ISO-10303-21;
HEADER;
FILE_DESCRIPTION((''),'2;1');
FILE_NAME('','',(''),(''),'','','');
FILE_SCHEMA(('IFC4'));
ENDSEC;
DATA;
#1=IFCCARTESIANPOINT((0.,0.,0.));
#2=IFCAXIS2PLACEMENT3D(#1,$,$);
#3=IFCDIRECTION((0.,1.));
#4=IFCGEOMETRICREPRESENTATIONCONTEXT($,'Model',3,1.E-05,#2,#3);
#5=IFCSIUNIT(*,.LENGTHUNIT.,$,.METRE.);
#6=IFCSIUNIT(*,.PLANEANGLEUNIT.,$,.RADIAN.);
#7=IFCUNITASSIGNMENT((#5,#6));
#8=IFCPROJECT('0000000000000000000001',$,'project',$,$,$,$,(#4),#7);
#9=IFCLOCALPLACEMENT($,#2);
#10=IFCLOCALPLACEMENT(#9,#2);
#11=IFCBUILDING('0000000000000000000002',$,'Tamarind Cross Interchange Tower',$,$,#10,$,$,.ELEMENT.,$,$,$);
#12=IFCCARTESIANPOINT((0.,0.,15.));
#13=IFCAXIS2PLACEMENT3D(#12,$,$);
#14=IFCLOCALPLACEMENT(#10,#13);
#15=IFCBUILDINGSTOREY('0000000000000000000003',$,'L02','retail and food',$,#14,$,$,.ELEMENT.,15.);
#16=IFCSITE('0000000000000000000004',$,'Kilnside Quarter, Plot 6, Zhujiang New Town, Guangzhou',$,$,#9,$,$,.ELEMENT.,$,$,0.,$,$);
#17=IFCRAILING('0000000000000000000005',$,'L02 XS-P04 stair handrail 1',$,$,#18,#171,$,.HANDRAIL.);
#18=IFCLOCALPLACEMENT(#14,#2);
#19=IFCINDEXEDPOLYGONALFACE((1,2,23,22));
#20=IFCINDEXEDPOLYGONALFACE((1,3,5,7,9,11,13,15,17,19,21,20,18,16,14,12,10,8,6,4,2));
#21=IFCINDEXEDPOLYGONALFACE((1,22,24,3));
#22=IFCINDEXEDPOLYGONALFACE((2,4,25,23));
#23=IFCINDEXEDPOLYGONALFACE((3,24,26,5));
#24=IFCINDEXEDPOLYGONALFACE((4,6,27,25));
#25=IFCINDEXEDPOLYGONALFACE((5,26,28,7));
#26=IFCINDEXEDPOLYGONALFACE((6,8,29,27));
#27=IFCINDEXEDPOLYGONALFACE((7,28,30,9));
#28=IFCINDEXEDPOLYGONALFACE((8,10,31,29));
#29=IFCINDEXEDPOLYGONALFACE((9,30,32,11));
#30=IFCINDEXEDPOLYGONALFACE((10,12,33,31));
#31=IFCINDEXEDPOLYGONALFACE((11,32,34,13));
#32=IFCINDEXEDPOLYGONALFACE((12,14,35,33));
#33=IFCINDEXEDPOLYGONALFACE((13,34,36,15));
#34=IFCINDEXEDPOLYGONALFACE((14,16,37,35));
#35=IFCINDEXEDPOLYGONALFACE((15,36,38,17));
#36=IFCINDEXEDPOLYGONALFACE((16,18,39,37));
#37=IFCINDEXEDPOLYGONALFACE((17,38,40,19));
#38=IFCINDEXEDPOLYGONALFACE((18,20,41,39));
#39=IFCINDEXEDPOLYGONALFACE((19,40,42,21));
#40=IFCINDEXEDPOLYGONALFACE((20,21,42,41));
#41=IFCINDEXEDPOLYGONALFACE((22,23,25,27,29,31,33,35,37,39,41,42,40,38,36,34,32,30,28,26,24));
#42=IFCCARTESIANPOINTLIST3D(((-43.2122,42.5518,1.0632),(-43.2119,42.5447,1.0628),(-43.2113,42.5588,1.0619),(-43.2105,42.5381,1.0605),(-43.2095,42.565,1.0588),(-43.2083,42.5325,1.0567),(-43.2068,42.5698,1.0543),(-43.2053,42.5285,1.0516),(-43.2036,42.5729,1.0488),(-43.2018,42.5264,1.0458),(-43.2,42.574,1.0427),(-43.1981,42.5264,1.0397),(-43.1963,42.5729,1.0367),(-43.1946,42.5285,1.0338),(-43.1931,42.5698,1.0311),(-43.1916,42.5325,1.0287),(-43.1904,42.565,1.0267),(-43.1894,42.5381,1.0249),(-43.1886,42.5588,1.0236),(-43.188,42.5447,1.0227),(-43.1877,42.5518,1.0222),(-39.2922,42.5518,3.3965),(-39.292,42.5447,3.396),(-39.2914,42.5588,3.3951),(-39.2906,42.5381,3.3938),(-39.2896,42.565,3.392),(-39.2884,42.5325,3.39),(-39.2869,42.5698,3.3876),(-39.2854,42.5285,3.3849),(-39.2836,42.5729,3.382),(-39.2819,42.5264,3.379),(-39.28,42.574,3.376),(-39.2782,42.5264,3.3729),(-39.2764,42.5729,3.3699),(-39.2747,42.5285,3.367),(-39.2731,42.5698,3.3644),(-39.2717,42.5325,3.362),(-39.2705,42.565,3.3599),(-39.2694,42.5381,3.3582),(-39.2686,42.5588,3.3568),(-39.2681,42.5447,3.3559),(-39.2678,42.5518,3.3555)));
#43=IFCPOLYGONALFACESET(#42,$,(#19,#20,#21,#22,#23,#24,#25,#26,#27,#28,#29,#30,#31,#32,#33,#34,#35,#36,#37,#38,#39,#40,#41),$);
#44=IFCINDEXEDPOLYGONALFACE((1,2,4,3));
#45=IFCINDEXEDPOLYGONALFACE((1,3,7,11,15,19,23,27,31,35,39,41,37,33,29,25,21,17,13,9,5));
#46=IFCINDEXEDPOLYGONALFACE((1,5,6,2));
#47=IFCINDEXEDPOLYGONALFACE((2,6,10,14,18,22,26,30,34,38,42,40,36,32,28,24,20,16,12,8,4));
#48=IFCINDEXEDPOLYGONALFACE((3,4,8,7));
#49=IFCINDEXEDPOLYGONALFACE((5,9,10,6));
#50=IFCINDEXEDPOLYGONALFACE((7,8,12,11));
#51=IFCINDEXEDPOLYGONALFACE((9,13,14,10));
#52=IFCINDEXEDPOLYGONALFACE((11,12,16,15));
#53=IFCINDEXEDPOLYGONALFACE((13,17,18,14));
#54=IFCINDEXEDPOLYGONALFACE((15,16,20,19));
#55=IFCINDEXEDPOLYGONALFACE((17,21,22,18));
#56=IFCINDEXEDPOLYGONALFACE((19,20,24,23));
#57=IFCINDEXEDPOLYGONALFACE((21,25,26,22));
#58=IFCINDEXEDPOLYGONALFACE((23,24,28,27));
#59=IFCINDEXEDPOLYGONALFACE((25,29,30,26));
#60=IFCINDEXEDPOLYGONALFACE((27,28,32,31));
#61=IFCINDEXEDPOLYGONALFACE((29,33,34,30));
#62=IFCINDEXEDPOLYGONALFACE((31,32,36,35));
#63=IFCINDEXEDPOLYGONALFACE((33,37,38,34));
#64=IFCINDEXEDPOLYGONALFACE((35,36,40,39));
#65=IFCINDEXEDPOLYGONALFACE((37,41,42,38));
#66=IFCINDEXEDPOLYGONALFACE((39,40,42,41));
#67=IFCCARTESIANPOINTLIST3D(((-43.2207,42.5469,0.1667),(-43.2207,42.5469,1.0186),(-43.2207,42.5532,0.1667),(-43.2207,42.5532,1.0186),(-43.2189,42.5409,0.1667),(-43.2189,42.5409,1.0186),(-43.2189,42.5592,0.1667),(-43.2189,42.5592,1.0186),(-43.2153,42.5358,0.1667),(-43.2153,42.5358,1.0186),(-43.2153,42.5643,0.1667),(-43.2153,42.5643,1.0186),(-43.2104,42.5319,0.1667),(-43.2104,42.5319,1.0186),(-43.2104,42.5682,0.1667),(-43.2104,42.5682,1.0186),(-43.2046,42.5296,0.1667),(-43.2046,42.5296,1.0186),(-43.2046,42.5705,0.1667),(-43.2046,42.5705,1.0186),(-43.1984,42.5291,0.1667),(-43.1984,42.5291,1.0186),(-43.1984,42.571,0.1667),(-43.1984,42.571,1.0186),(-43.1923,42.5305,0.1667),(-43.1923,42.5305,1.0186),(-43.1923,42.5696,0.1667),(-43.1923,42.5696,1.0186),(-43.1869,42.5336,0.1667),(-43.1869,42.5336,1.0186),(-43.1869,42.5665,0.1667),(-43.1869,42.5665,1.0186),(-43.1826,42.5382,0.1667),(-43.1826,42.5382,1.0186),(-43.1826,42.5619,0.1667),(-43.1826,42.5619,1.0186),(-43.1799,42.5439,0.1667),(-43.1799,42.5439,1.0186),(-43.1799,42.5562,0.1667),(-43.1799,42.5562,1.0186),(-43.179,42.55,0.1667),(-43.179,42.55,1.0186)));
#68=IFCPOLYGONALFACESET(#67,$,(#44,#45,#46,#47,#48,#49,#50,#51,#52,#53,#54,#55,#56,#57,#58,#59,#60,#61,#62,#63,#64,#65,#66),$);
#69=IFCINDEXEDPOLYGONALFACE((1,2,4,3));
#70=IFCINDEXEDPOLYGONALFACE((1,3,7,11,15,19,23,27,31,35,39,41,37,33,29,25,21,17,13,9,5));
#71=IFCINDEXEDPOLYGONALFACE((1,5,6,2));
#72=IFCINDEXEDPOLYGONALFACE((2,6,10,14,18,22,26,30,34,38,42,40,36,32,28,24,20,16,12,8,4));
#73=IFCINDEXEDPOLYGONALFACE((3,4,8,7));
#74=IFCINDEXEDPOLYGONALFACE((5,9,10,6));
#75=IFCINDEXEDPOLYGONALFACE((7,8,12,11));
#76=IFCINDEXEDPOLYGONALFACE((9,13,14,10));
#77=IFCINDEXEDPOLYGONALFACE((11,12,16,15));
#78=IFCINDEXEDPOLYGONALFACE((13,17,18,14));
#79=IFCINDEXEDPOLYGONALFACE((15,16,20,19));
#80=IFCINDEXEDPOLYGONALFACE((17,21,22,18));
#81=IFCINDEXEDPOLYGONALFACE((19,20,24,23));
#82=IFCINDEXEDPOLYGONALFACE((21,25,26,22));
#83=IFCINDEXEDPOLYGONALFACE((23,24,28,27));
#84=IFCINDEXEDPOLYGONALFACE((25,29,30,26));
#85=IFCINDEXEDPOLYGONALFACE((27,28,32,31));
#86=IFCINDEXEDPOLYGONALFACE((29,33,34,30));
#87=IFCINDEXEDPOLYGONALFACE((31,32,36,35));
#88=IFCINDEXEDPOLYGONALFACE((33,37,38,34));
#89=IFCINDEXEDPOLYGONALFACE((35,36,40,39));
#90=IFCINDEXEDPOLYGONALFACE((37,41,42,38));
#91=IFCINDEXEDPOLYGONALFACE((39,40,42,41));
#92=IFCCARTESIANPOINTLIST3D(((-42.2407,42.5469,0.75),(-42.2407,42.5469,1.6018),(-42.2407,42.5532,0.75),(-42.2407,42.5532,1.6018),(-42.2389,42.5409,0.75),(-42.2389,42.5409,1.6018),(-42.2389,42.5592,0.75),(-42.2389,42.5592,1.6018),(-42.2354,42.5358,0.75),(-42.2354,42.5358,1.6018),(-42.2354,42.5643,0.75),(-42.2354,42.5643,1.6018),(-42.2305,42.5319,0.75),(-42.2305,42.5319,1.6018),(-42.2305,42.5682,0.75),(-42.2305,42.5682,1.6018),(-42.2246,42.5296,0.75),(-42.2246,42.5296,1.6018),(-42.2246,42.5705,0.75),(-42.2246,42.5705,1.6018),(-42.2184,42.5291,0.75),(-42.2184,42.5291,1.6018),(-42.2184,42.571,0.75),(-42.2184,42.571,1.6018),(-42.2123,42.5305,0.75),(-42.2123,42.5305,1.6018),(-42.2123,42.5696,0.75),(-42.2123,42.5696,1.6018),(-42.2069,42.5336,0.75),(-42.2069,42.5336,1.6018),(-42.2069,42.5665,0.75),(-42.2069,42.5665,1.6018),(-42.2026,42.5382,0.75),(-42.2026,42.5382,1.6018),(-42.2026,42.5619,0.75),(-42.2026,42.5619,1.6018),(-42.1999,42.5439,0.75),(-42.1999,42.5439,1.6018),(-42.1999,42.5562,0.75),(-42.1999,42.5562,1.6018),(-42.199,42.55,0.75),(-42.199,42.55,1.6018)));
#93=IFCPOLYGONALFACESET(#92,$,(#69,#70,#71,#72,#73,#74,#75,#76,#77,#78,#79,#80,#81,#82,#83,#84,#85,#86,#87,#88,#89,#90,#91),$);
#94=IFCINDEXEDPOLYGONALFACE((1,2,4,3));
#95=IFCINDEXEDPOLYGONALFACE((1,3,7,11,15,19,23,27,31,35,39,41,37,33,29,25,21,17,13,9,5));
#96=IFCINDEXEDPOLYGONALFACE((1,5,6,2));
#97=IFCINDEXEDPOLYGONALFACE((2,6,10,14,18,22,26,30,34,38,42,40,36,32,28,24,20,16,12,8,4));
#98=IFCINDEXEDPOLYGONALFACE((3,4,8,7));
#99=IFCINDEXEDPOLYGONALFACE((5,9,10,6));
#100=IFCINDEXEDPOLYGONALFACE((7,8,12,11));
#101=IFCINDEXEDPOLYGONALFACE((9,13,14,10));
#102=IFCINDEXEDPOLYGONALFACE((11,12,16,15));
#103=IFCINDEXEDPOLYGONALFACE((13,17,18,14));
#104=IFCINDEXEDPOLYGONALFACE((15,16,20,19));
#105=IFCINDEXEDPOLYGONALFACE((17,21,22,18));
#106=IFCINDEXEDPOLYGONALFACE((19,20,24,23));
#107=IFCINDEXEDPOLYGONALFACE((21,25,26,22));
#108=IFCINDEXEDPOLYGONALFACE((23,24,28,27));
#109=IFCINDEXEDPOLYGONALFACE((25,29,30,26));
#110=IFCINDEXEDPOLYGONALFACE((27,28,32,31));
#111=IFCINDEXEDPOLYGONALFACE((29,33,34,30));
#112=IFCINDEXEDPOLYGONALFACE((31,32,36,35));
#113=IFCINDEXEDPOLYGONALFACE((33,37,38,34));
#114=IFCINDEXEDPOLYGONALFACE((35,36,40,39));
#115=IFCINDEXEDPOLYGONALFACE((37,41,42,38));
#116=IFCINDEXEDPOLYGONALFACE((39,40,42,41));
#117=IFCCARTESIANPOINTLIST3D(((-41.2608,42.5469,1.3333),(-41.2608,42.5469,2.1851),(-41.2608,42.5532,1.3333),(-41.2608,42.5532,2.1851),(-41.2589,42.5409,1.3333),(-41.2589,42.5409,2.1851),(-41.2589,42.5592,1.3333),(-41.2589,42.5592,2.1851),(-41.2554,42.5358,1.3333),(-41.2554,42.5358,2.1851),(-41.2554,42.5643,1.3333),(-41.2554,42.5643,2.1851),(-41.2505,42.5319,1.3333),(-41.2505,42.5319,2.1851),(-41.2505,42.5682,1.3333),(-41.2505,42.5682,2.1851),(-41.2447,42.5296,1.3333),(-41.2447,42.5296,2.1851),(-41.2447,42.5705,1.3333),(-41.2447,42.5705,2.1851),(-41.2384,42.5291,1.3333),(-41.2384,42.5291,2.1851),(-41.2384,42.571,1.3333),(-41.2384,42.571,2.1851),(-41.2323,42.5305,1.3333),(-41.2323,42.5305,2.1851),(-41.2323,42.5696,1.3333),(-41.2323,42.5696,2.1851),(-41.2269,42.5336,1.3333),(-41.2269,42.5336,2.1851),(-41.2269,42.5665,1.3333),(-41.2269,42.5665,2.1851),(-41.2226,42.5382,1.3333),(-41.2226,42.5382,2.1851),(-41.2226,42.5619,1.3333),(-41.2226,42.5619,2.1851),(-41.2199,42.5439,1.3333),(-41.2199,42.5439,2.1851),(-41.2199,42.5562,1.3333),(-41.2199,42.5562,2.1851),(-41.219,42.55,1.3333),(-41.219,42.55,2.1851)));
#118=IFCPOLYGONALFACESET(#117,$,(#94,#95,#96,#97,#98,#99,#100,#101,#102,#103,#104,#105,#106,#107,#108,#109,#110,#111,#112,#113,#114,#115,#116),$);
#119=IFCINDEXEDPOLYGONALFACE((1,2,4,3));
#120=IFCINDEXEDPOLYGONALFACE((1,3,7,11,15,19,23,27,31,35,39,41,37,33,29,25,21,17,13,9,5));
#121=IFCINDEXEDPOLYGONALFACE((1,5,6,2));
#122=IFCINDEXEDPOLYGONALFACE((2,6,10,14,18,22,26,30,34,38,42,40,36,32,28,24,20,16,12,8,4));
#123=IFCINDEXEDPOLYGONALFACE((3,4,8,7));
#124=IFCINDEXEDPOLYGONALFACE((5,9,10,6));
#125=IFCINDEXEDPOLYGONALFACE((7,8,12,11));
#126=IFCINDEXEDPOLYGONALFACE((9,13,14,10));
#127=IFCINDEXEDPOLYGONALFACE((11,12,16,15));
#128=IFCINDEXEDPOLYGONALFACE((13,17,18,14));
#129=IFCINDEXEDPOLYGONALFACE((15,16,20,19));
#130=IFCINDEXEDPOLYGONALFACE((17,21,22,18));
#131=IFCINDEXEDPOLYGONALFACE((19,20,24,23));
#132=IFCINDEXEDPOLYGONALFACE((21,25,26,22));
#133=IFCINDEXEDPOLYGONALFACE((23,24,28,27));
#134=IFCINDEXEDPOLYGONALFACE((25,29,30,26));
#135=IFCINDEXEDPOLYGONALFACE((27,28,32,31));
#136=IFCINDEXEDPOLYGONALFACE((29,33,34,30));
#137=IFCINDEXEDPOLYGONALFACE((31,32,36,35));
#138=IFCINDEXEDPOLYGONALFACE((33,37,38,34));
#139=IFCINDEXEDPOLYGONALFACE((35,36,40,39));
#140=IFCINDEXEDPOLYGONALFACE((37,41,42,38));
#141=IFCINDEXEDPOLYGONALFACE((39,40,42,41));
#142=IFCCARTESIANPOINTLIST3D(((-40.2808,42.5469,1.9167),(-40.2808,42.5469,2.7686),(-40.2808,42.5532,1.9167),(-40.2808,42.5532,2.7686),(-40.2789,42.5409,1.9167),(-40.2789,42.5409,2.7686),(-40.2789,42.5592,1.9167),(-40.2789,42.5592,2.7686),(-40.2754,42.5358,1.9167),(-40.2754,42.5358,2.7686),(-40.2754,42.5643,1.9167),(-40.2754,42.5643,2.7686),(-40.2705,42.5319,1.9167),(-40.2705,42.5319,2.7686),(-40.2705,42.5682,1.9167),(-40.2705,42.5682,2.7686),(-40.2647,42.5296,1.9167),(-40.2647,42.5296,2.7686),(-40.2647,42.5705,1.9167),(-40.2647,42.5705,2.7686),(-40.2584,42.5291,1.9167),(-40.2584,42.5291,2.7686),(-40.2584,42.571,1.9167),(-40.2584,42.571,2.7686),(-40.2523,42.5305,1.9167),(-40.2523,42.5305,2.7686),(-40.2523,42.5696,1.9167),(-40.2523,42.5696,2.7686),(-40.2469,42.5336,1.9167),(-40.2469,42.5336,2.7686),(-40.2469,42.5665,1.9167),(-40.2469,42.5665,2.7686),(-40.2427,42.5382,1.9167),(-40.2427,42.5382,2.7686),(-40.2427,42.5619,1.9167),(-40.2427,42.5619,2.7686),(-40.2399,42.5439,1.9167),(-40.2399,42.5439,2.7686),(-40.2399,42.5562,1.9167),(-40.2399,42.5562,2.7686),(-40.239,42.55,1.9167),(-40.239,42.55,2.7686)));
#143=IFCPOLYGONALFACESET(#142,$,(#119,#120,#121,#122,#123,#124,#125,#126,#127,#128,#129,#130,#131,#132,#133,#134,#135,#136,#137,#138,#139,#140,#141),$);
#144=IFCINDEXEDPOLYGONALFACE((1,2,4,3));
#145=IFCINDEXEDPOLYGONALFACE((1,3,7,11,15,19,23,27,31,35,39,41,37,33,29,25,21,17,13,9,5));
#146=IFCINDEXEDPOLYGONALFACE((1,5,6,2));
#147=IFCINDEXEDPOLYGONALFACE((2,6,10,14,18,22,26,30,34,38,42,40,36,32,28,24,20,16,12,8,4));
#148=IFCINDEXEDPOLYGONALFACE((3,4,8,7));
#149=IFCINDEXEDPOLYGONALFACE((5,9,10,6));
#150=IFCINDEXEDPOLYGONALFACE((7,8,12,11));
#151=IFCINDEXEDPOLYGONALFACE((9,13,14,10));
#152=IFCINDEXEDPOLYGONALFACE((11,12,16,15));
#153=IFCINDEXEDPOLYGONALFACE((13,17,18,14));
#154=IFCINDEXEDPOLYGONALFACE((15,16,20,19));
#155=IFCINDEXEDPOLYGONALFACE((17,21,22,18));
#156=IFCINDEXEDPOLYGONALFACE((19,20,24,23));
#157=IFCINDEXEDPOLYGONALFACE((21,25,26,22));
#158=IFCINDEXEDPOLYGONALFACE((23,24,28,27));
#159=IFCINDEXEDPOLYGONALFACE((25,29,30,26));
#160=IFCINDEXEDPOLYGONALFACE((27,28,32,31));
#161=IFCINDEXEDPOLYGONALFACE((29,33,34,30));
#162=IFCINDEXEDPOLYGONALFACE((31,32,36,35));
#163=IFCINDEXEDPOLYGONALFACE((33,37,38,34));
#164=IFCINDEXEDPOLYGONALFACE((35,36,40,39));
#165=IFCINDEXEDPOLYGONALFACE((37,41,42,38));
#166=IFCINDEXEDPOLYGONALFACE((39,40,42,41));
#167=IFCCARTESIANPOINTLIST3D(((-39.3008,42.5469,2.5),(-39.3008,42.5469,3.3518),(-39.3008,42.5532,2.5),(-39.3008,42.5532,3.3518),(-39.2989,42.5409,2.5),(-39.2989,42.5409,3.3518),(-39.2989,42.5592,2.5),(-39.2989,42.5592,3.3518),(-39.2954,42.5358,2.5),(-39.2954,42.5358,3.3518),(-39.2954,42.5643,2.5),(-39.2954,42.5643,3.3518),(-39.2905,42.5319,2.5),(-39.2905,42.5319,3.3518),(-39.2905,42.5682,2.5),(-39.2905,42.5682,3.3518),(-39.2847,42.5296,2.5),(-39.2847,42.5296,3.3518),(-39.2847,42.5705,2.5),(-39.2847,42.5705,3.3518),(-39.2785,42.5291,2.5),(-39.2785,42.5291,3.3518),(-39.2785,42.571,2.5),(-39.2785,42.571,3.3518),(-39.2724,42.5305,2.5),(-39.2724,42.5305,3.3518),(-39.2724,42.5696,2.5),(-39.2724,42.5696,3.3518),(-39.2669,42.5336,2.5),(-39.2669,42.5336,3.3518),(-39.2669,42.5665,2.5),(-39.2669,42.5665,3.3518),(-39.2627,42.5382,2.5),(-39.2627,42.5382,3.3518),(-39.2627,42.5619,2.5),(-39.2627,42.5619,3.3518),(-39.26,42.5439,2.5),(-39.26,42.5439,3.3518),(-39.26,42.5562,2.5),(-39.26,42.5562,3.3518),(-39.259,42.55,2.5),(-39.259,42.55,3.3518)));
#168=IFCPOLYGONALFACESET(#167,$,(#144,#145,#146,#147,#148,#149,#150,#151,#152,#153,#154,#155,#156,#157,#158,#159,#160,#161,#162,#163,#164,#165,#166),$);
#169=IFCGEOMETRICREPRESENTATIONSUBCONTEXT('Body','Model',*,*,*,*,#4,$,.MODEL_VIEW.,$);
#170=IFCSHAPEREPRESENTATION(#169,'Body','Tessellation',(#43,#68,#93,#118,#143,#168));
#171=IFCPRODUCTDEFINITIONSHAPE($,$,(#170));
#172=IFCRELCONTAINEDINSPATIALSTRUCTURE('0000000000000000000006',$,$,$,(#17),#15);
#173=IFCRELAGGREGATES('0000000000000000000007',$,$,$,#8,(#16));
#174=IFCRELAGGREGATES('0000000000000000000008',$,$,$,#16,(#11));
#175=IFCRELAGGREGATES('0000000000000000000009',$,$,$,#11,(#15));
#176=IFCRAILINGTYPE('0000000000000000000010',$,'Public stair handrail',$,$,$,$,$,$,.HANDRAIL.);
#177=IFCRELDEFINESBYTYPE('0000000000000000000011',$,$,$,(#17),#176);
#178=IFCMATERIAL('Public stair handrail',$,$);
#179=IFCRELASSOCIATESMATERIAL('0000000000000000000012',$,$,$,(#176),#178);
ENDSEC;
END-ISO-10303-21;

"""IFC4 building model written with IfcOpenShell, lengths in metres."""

from ifc_helpers import new_model, si_unit, direction, frame, origin, origin_2d, place, context, subcontext, project, spatial, circle, extrude, material, type_object, element, save


model = new_model("IFC4")

# Units and contexts
model_context = context("Model", 3, precision=1e-05, world=origin(), true_north=direction((0.0, 1.0)))
body_context = subcontext(model_context, "Body", "Model", "MODEL_VIEW")
ifc_project = project(units=[si_unit("LENGTHUNIT", "METRE"), si_unit("PLANEANGLEUNIT", "RADIAN")], contexts=[model_context])

# Site, building, storey
site_placement = place(None, origin())
site = spatial("IfcSite", under=ifc_project, at=site_placement, Name="Kilnside Quarter, Plot 6, Zhujiang New Town, Guangzhou", CompositionType="ELEMENT", RefElevation=0.0)
building_placement = place(site_placement, origin())
building = spatial("IfcBuilding", under=site, at=building_placement, Name="Tamarind Cross Interchange Tower", CompositionType="ELEMENT")
storey_placement = place(building_placement, frame((0.0, 0.0, 15.0)))
storey = spatial("IfcBuildingStorey", under=building, at=storey_placement, Name="L02", Description="retail and food", CompositionType="ELEMENT", Elevation=15.0)

# Railing
ifc_material_1 = material(Name="Public stair handrail")
railing_type_1 = type_object("IfcRailingType", Name="Public stair handrail", PredefinedType="HANDRAIL", material=ifc_material_1)
railing_1_placement = place(storey_placement, frame((-43.2, 42.55, 0.1667)))
element("IfcRailing", 1, at=railing_1_placement, inside=storey, type_object=railing_type_1, Name="L02 XS-P04 stair handrail 1", PredefinedType="HANDRAIL", context=body_context, shape_type="SweptSolid", body=[
    extrude(circle(Radius=0.0239, at=origin_2d()), frame((0.0, 0.0, 0.876), z_axis=(0.859296, 0.0, 0.511478), x_axis=(0.0, 1.0, 0.0)), (0.0, 0.0, 1.0), 4.5618),
    extrude(circle(Radius=0.021, at=origin_2d()), origin(), (0.0, 0.0, 1.0), 0.8518),
    extrude(circle(Radius=0.021, at=origin_2d()), frame((0.98, 0.0, 0.5833)), (0.0, 0.0, 1.0), 0.8518),
    extrude(circle(Radius=0.021, at=origin_2d()), frame((1.96, 0.0, 1.1665)), (0.0, 0.0, 1.0), 0.8518),
    extrude(circle(Radius=0.021, at=origin_2d()), frame((2.9399, 0.0, 1.75)), (0.0, 0.0, 1.0), 0.8518),
    extrude(circle(Radius=0.021, at=origin_2d()), frame((3.9199, 0.0, 2.3333)), (0.0, 0.0, 1.0), 0.8518),
])

save(model, "model.ifc")
